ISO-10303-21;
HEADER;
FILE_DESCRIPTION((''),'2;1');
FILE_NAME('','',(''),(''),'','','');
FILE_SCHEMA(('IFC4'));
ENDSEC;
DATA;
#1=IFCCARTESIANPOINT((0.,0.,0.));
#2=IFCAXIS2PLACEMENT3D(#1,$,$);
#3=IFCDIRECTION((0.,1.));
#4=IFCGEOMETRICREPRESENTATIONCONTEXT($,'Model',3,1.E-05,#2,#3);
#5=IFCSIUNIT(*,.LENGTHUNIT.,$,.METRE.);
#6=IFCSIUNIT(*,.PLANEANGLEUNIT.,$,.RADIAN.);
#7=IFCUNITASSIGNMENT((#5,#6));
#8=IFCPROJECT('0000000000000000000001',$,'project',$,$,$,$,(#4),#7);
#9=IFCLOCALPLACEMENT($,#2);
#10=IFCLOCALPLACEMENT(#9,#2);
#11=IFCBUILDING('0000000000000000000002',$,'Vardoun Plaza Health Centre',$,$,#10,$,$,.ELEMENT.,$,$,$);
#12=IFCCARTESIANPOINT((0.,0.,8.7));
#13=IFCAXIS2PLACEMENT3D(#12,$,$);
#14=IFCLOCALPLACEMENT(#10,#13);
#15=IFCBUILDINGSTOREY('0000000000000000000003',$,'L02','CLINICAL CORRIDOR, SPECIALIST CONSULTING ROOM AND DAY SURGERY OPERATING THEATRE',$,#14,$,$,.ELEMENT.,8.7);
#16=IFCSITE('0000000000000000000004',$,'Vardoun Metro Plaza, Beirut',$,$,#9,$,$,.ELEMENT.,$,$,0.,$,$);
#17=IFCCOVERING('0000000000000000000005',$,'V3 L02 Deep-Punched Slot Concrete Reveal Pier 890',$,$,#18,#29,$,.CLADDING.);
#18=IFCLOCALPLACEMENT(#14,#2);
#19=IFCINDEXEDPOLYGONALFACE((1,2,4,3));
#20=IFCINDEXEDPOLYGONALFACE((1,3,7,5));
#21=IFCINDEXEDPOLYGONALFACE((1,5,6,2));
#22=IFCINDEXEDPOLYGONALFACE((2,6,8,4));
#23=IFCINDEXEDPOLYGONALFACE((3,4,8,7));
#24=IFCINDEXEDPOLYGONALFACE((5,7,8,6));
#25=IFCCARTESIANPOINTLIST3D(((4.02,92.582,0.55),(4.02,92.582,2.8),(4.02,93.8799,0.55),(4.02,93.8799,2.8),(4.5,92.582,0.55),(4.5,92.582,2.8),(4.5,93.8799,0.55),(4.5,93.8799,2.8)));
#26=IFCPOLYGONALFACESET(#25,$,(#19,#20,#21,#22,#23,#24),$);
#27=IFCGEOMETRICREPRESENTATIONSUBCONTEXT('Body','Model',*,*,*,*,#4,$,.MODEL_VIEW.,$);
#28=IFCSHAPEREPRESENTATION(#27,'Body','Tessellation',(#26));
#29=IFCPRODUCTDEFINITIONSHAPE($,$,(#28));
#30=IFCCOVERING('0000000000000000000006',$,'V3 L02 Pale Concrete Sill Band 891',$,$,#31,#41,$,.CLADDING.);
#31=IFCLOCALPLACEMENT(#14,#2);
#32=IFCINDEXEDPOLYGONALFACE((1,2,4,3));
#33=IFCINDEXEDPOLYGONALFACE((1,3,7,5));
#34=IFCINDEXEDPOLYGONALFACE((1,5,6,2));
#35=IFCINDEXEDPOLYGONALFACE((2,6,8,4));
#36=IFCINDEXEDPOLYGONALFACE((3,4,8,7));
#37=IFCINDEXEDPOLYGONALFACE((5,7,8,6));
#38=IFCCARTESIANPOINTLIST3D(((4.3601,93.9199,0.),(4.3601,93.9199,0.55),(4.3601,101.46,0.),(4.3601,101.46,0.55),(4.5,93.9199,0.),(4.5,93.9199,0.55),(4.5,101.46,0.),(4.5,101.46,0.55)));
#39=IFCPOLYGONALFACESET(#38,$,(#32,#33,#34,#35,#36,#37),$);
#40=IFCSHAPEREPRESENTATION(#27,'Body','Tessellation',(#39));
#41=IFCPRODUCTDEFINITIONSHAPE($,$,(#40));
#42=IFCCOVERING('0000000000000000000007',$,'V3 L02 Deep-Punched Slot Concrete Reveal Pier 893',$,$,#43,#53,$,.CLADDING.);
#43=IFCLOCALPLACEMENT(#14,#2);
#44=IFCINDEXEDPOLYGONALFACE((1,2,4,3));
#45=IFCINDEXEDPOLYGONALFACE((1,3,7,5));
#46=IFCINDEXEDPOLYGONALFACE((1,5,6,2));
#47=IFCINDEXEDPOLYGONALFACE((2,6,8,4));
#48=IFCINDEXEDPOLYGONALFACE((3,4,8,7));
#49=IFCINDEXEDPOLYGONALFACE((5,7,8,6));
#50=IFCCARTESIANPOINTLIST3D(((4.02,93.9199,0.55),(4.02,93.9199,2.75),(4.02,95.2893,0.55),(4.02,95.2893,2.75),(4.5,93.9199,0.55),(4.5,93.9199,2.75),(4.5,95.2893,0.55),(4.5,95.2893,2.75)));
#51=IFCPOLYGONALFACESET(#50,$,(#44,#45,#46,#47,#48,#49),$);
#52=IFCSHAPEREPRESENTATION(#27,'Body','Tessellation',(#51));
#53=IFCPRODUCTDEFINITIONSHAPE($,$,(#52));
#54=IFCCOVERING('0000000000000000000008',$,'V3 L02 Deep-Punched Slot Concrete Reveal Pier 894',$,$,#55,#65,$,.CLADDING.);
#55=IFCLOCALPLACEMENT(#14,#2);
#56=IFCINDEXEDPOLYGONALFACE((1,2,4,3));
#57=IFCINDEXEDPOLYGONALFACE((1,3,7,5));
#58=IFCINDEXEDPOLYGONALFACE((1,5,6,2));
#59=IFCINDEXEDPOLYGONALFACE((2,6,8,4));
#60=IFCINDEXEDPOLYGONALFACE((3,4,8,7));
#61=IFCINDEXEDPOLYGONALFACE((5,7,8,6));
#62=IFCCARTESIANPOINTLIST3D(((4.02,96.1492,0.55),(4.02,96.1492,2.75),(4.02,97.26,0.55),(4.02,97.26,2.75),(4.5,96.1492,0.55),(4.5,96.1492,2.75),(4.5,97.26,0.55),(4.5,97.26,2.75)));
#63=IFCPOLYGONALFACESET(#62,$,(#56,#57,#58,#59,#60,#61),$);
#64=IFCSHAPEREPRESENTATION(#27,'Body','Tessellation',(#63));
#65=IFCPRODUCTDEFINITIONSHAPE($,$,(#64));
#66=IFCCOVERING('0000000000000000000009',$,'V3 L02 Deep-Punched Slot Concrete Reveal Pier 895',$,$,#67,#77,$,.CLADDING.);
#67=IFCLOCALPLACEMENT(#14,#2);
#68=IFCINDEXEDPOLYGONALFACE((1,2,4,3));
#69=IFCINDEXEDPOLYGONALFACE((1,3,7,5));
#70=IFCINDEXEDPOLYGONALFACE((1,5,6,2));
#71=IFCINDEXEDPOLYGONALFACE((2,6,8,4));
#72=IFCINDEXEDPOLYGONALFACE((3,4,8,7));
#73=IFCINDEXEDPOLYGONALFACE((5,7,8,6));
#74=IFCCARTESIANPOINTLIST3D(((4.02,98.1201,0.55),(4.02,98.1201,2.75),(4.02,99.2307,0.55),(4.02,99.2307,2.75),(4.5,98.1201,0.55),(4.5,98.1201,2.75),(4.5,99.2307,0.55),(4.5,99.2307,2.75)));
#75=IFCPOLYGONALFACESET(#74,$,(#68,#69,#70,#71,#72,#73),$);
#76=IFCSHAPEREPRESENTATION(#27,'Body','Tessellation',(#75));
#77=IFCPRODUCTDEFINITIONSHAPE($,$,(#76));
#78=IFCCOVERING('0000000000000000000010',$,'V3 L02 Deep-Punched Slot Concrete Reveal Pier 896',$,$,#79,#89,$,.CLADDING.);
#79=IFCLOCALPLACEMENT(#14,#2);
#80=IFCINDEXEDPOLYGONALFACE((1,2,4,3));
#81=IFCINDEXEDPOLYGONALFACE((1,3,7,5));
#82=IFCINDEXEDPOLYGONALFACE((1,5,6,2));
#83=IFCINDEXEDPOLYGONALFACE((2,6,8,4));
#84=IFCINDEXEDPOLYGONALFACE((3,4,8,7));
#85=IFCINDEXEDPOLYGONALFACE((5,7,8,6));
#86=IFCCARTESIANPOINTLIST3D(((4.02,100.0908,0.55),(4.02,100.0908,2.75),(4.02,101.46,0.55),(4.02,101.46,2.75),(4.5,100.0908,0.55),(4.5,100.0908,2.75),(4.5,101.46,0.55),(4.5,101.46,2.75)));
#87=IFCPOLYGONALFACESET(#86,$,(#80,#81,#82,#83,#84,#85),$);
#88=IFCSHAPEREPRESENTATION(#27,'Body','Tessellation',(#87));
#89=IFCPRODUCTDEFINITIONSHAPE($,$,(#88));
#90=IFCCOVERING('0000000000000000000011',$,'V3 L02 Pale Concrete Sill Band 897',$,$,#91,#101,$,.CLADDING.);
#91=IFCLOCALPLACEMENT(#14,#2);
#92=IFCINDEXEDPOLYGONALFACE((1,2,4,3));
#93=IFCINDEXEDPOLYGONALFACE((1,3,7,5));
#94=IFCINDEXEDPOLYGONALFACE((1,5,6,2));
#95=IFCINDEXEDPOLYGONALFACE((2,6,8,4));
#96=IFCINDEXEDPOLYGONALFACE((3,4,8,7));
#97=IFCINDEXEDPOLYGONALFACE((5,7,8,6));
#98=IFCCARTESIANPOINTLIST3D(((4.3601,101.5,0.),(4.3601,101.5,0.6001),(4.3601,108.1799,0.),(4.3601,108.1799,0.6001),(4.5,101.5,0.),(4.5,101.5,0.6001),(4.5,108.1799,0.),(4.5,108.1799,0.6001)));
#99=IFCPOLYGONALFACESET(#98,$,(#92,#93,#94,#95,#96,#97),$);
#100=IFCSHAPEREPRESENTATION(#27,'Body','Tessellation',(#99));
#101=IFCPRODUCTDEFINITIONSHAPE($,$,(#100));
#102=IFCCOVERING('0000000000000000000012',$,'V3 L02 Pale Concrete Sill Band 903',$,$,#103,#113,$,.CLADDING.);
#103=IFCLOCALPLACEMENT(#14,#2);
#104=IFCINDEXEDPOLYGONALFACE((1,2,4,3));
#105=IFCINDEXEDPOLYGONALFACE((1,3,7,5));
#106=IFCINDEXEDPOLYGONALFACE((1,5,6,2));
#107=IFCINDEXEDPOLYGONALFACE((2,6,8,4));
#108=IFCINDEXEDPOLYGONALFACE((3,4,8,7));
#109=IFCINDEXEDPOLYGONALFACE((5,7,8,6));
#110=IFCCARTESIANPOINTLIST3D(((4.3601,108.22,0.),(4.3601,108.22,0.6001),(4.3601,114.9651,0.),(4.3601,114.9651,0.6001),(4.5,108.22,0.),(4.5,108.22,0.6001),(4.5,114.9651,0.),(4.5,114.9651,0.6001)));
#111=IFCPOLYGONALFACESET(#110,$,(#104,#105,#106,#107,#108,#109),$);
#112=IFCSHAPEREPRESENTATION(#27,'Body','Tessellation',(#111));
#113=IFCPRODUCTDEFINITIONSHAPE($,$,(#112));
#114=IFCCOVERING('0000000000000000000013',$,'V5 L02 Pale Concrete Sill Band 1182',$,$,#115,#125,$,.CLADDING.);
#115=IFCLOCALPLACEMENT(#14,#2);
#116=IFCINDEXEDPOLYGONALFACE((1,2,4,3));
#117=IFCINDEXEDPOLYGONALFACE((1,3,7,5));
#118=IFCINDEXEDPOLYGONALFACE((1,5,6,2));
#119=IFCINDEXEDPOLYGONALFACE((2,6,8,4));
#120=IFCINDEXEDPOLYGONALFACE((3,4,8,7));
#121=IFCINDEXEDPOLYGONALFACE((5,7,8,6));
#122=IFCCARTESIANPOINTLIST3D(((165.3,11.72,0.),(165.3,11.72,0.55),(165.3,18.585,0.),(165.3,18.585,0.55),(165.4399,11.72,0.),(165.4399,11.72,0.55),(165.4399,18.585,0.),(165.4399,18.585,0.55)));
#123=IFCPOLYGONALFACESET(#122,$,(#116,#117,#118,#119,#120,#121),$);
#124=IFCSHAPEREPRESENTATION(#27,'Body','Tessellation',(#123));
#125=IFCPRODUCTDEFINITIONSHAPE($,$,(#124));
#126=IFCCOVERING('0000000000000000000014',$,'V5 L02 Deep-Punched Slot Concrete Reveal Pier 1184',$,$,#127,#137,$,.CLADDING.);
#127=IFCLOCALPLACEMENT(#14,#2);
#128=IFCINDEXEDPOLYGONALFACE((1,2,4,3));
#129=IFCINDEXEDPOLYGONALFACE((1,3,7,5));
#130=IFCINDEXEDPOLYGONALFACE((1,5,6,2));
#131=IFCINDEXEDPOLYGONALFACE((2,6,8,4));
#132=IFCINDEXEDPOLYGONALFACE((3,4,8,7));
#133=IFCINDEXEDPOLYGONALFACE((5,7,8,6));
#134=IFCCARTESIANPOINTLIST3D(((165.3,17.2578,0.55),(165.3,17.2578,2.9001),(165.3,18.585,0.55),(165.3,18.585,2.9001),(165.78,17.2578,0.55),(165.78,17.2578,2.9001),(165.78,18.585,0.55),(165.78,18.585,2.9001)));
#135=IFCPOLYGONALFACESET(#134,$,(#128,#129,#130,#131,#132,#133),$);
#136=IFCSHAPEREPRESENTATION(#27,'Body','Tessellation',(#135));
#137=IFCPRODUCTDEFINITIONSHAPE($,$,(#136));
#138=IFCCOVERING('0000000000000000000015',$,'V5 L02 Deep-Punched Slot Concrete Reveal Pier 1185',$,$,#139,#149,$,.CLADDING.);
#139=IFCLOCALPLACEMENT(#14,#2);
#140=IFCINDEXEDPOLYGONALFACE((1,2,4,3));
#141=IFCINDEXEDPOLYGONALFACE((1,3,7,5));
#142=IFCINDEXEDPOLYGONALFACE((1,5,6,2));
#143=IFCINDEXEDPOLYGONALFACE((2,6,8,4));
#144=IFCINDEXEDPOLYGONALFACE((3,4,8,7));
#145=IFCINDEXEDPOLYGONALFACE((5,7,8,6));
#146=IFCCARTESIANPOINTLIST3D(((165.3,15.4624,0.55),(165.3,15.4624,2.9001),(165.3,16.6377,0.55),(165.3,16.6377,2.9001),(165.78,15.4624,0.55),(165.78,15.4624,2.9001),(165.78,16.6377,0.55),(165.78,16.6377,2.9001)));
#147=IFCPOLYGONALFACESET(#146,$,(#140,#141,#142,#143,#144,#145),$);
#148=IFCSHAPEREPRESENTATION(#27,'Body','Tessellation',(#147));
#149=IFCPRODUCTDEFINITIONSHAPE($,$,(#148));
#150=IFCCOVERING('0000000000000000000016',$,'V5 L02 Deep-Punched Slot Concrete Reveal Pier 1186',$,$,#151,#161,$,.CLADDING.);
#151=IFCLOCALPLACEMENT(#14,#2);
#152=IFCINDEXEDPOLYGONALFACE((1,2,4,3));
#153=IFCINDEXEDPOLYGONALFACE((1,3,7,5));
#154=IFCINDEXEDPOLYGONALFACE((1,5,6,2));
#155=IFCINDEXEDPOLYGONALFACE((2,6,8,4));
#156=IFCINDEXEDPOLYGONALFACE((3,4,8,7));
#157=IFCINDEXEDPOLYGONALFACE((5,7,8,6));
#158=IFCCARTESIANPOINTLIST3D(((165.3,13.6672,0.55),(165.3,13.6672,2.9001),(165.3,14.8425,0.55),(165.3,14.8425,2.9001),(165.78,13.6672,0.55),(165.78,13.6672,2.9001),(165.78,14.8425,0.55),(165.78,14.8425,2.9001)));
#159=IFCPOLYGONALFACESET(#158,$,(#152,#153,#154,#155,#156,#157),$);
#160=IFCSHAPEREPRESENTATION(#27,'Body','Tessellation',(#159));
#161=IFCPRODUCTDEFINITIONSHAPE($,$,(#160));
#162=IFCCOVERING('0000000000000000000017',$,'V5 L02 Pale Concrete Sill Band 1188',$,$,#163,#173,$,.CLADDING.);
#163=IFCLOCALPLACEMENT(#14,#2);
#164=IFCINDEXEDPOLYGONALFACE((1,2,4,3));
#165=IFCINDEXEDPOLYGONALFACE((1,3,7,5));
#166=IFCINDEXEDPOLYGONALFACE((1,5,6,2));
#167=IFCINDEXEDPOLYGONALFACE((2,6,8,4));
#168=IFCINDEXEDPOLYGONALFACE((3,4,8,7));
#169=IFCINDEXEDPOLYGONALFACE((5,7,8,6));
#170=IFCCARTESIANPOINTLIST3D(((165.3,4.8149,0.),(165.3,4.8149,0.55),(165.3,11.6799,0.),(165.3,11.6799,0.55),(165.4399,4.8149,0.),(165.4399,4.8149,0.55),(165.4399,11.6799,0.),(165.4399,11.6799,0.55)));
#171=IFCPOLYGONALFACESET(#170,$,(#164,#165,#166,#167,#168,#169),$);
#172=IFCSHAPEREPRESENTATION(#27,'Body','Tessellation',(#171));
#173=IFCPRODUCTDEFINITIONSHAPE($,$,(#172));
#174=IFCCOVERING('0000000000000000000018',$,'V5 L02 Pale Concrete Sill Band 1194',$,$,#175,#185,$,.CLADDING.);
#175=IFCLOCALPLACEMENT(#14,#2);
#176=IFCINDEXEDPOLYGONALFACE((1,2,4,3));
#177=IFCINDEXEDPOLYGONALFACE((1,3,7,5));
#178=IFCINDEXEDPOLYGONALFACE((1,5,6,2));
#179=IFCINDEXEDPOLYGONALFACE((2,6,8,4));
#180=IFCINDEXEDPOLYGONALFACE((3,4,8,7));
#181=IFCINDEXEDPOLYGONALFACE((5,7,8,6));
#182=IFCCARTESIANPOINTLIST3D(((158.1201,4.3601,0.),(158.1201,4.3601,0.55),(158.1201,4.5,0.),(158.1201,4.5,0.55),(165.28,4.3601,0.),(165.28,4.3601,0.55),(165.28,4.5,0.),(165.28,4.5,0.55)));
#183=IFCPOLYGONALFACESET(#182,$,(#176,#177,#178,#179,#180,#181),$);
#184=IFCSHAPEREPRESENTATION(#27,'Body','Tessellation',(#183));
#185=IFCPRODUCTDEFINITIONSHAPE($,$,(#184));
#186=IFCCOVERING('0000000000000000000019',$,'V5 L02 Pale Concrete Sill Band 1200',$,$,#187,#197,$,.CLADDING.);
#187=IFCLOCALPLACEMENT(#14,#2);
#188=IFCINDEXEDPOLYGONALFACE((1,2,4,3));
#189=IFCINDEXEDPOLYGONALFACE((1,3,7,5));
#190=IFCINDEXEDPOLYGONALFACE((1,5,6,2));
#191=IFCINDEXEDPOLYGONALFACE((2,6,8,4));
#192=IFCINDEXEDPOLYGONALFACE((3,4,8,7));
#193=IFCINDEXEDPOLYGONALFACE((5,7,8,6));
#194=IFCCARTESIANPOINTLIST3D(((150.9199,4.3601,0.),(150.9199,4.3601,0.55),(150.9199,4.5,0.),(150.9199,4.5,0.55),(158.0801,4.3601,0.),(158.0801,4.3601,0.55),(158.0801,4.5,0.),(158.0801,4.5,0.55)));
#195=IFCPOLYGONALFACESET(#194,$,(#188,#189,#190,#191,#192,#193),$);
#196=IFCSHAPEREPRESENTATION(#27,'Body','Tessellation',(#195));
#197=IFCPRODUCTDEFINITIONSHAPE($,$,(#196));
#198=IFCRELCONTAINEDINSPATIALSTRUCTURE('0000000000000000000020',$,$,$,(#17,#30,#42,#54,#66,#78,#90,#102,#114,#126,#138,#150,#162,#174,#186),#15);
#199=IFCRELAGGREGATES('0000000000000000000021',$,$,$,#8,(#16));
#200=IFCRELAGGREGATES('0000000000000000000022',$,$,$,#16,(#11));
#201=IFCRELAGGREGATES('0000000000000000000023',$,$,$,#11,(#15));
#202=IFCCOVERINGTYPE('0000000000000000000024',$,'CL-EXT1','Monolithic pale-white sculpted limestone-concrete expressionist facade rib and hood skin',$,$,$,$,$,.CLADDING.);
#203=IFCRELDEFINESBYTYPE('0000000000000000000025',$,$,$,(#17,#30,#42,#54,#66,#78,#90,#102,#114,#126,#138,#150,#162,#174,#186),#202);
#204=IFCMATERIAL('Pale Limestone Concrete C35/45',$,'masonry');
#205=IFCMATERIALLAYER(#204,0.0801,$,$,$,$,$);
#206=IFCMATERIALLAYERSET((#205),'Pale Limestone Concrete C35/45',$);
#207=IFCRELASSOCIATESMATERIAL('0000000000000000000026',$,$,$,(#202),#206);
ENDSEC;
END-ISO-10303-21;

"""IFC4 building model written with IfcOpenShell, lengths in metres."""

from ifc_helpers import new_model, si_unit, direction, frame, origin, place, context, subcontext, project, spatial, polyline, outline, extrude, material, layer, layer_set, type_object, element, save


model = new_model("IFC4")

# Units and contexts
model_context = context("Model", 3, precision=1e-05, world=origin(), true_north=direction((0.0, 1.0)))
body_context = subcontext(model_context, "Body", "Model", "MODEL_VIEW")
ifc_project = project(units=[si_unit("LENGTHUNIT", "METRE"), si_unit("PLANEANGLEUNIT", "RADIAN")], contexts=[model_context])

# Site, building, storey
site_placement = place(None, origin())
site = spatial("IfcSite", under=ifc_project, at=site_placement, Name="Vardoun Metro Plaza, Beirut", CompositionType="ELEMENT", RefElevation=0.0)
building_placement = place(site_placement, origin())
building = spatial("IfcBuilding", under=site, at=building_placement, Name="Vardoun Plaza Health Centre", CompositionType="ELEMENT")
storey_placement = place(building_placement, frame((0.0, 0.0, 8.7)))
storey = spatial("IfcBuildingStorey", under=building, at=storey_placement, Name="L02", Description="CLINICAL CORRIDOR, SPECIALIST CONSULTING ROOM AND DAY SURGERY OPERATING THEATRE", CompositionType="ELEMENT", Elevation=8.7)

# Coverings
ifc_material = material(Name="Pale Limestone Concrete C35/45", Category="masonry")
ifc_layer = layer(ifc_material, 0.0801)
ifc_layer_set = layer_set([ifc_layer], Name="Pale Limestone Concrete C35/45")
covering_type = type_object("IfcCoveringType", Name="CL-EXT1", Description="Monolithic pale-white sculpted limestone-concrete expressionist facade rib and hood skin", PredefinedType="CLADDING", material=ifc_layer_set)
covering_1_placement = place(storey_placement, frame((0.0, 0.0, 0.55)))
element("IfcCovering", 1, at=covering_1_placement, inside=storey, type_object=covering_type, Name="V3 L02 Deep-Punched Slot Concrete Reveal Pier 890", PredefinedType="CLADDING", context=body_context, shape_type="SweptSolid", body=[
    extrude(outline(polyline([(4.5, 92.582), (4.5, 93.8799), (4.02, 93.8799), (4.02, 92.582), (4.5, 92.582)])), origin(), (0.0, 0.0, 1.0), 2.25),
])
covering_2_placement = place(storey_placement, origin())
element("IfcCovering", 2, at=covering_2_placement, inside=storey, type_object=covering_type, Name="V3 L02 Pale Concrete Sill Band 891", PredefinedType="CLADDING", context=body_context, shape_type="SweptSolid", body=[
    extrude(outline(polyline([(4.5, 93.9199), (4.5, 101.46), (4.3601, 101.46), (4.3601, 93.9199), (4.5, 93.9199)])), origin(), (0.0, 0.0, 1.0), 0.55),
])
covering_3_placement = place(storey_placement, frame((0.0, 0.0, 0.55)))
element("IfcCovering", 3, at=covering_3_placement, inside=storey, type_object=covering_type, Name="V3 L02 Deep-Punched Slot Concrete Reveal Pier 893", PredefinedType="CLADDING", context=body_context, shape_type="SweptSolid", body=[
    extrude(outline(polyline([(4.5, 93.9199), (4.5, 95.2893), (4.02, 95.2893), (4.02, 93.9199), (4.5, 93.9199)])), origin(), (0.0, 0.0, 1.0), 2.2),
])
covering_4_placement = place(storey_placement, frame((0.0, 0.0, 0.55)))
element("IfcCovering", 4, at=covering_4_placement, inside=storey, type_object=covering_type, Name="V3 L02 Deep-Punched Slot Concrete Reveal Pier 894", PredefinedType="CLADDING", context=body_context, shape_type="SweptSolid", body=[
    extrude(outline(polyline([(4.5, 96.1492), (4.5, 97.26), (4.02, 97.26), (4.02, 96.1492), (4.5, 96.1492)])), origin(), (0.0, 0.0, 1.0), 2.2),
])
covering_5_placement = place(storey_placement, frame((0.0, 0.0, 0.55)))
element("IfcCovering", 5, at=covering_5_placement, inside=storey, type_object=covering_type, Name="V3 L02 Deep-Punched Slot Concrete Reveal Pier 895", PredefinedType="CLADDING", context=body_context, shape_type="SweptSolid", body=[
    extrude(outline(polyline([(4.5, 98.1201), (4.5, 99.2307), (4.02, 99.2307), (4.02, 98.1201), (4.5, 98.1201)])), origin(), (0.0, 0.0, 1.0), 2.2),
])
covering_6_placement = place(storey_placement, frame((0.0, 0.0, 0.55)))
element("IfcCovering", 6, at=covering_6_placement, inside=storey, type_object=covering_type, Name="V3 L02 Deep-Punched Slot Concrete Reveal Pier 896", PredefinedType="CLADDING", context=body_context, shape_type="SweptSolid", body=[
    extrude(outline(polyline([(4.5, 100.0908), (4.5, 101.46), (4.02, 101.46), (4.02, 100.0908), (4.5, 100.0908)])), origin(), (0.0, 0.0, 1.0), 2.2),
])
covering_7_placement = place(storey_placement, origin())
element("IfcCovering", 7, at=covering_7_placement, inside=storey, type_object=covering_type, Name="V3 L02 Pale Concrete Sill Band 897", PredefinedType="CLADDING", context=body_context, shape_type="SweptSolid", body=[
    extrude(outline(polyline([(4.5, 101.5), (4.5, 108.1799), (4.3601, 108.1799), (4.3601, 101.5), (4.5, 101.5)])), origin(), (0.0, 0.0, 1.0), 0.6001),
])
covering_8_placement = place(storey_placement, origin())
element("IfcCovering", 8, at=covering_8_placement, inside=storey, type_object=covering_type, Name="V3 L02 Pale Concrete Sill Band 903", PredefinedType="CLADDING", context=body_context, shape_type="SweptSolid", body=[
    extrude(outline(polyline([(4.5, 108.22), (4.5, 114.9651), (4.3601, 114.9651), (4.3601, 108.22), (4.5, 108.22)])), origin(), (0.0, 0.0, 1.0), 0.6001),
])
covering_9_placement = place(storey_placement, origin())
element("IfcCovering", 9, at=covering_9_placement, inside=storey, type_object=covering_type, Name="V5 L02 Pale Concrete Sill Band 1182", PredefinedType="CLADDING", context=body_context, shape_type="SweptSolid", body=[
    extrude(outline(polyline([(165.3, 18.585), (165.3, 11.72), (165.4399, 11.72), (165.4399, 18.585), (165.3, 18.585)])), origin(), (0.0, 0.0, 1.0), 0.55),
])
covering_10_placement = place(storey_placement, frame((0.0, 0.0, 0.55)))
element("IfcCovering", 10, at=covering_10_placement, inside=storey, type_object=covering_type, Name="V5 L02 Deep-Punched Slot Concrete Reveal Pier 1184", PredefinedType="CLADDING", context=body_context, shape_type="SweptSolid", body=[
    extrude(outline(polyline([(165.3, 18.585), (165.3, 17.2578), (165.78, 17.2578), (165.78, 18.585), (165.3, 18.585)])), origin(), (0.0, 0.0, 1.0), 2.3501),
])
covering_11_placement = place(storey_placement, frame((0.0, 0.0, 0.55)))
element("IfcCovering", 11, at=covering_11_placement, inside=storey, type_object=covering_type, Name="V5 L02 Deep-Punched Slot Concrete Reveal Pier 1185", PredefinedType="CLADDING", context=body_context, shape_type="SweptSolid", body=[
    extrude(outline(polyline([(165.3, 16.6377), (165.3, 15.4624), (165.78, 15.4624), (165.78, 16.6377), (165.3, 16.6377)])), origin(), (0.0, 0.0, 1.0), 2.3501),
])
covering_12_placement = place(storey_placement, frame((0.0, 0.0, 0.55)))
element("IfcCovering", 12, at=covering_12_placement, inside=storey, type_object=covering_type, Name="V5 L02 Deep-Punched Slot Concrete Reveal Pier 1186", PredefinedType="CLADDING", context=body_context, shape_type="SweptSolid", body=[
    extrude(outline(polyline([(165.3, 14.8425), (165.3, 13.6672), (165.78, 13.6672), (165.78, 14.8425), (165.3, 14.8425)])), origin(), (0.0, 0.0, 1.0), 2.3501),
])
covering_13_placement = place(storey_placement, origin())
element("IfcCovering", 13, at=covering_13_placement, inside=storey, type_object=covering_type, Name="V5 L02 Pale Concrete Sill Band 1188", PredefinedType="CLADDING", context=body_context, shape_type="SweptSolid", body=[
    extrude(outline(polyline([(165.3, 11.6799), (165.3, 4.8149), (165.4399, 4.8149), (165.4399, 11.6799), (165.3, 11.6799)])), origin(), (0.0, 0.0, 1.0), 0.55),
])
covering_14_placement = place(storey_placement, origin())
element("IfcCovering", 14, at=covering_14_placement, inside=storey, type_object=covering_type, Name="V5 L02 Pale Concrete Sill Band 1194", PredefinedType="CLADDING", context=body_context, shape_type="SweptSolid", body=[
    extrude(outline(polyline([(165.28, 4.5), (158.1201, 4.5), (158.1201, 4.3601), (165.28, 4.3601), (165.28, 4.5)])), origin(), (0.0, 0.0, 1.0), 0.55),
])
covering_15_placement = place(storey_placement, origin())
element("IfcCovering", 15, at=covering_15_placement, inside=storey, type_object=covering_type, Name="V5 L02 Pale Concrete Sill Band 1200", PredefinedType="CLADDING", context=body_context, shape_type="SweptSolid", body=[
    extrude(outline(polyline([(158.0801, 4.5), (150.9199, 4.5), (150.9199, 4.3601), (158.0801, 4.3601), (158.0801, 4.5)])), origin(), (0.0, 0.0, 1.0), 0.55),
])

save(model, "model.ifc")
